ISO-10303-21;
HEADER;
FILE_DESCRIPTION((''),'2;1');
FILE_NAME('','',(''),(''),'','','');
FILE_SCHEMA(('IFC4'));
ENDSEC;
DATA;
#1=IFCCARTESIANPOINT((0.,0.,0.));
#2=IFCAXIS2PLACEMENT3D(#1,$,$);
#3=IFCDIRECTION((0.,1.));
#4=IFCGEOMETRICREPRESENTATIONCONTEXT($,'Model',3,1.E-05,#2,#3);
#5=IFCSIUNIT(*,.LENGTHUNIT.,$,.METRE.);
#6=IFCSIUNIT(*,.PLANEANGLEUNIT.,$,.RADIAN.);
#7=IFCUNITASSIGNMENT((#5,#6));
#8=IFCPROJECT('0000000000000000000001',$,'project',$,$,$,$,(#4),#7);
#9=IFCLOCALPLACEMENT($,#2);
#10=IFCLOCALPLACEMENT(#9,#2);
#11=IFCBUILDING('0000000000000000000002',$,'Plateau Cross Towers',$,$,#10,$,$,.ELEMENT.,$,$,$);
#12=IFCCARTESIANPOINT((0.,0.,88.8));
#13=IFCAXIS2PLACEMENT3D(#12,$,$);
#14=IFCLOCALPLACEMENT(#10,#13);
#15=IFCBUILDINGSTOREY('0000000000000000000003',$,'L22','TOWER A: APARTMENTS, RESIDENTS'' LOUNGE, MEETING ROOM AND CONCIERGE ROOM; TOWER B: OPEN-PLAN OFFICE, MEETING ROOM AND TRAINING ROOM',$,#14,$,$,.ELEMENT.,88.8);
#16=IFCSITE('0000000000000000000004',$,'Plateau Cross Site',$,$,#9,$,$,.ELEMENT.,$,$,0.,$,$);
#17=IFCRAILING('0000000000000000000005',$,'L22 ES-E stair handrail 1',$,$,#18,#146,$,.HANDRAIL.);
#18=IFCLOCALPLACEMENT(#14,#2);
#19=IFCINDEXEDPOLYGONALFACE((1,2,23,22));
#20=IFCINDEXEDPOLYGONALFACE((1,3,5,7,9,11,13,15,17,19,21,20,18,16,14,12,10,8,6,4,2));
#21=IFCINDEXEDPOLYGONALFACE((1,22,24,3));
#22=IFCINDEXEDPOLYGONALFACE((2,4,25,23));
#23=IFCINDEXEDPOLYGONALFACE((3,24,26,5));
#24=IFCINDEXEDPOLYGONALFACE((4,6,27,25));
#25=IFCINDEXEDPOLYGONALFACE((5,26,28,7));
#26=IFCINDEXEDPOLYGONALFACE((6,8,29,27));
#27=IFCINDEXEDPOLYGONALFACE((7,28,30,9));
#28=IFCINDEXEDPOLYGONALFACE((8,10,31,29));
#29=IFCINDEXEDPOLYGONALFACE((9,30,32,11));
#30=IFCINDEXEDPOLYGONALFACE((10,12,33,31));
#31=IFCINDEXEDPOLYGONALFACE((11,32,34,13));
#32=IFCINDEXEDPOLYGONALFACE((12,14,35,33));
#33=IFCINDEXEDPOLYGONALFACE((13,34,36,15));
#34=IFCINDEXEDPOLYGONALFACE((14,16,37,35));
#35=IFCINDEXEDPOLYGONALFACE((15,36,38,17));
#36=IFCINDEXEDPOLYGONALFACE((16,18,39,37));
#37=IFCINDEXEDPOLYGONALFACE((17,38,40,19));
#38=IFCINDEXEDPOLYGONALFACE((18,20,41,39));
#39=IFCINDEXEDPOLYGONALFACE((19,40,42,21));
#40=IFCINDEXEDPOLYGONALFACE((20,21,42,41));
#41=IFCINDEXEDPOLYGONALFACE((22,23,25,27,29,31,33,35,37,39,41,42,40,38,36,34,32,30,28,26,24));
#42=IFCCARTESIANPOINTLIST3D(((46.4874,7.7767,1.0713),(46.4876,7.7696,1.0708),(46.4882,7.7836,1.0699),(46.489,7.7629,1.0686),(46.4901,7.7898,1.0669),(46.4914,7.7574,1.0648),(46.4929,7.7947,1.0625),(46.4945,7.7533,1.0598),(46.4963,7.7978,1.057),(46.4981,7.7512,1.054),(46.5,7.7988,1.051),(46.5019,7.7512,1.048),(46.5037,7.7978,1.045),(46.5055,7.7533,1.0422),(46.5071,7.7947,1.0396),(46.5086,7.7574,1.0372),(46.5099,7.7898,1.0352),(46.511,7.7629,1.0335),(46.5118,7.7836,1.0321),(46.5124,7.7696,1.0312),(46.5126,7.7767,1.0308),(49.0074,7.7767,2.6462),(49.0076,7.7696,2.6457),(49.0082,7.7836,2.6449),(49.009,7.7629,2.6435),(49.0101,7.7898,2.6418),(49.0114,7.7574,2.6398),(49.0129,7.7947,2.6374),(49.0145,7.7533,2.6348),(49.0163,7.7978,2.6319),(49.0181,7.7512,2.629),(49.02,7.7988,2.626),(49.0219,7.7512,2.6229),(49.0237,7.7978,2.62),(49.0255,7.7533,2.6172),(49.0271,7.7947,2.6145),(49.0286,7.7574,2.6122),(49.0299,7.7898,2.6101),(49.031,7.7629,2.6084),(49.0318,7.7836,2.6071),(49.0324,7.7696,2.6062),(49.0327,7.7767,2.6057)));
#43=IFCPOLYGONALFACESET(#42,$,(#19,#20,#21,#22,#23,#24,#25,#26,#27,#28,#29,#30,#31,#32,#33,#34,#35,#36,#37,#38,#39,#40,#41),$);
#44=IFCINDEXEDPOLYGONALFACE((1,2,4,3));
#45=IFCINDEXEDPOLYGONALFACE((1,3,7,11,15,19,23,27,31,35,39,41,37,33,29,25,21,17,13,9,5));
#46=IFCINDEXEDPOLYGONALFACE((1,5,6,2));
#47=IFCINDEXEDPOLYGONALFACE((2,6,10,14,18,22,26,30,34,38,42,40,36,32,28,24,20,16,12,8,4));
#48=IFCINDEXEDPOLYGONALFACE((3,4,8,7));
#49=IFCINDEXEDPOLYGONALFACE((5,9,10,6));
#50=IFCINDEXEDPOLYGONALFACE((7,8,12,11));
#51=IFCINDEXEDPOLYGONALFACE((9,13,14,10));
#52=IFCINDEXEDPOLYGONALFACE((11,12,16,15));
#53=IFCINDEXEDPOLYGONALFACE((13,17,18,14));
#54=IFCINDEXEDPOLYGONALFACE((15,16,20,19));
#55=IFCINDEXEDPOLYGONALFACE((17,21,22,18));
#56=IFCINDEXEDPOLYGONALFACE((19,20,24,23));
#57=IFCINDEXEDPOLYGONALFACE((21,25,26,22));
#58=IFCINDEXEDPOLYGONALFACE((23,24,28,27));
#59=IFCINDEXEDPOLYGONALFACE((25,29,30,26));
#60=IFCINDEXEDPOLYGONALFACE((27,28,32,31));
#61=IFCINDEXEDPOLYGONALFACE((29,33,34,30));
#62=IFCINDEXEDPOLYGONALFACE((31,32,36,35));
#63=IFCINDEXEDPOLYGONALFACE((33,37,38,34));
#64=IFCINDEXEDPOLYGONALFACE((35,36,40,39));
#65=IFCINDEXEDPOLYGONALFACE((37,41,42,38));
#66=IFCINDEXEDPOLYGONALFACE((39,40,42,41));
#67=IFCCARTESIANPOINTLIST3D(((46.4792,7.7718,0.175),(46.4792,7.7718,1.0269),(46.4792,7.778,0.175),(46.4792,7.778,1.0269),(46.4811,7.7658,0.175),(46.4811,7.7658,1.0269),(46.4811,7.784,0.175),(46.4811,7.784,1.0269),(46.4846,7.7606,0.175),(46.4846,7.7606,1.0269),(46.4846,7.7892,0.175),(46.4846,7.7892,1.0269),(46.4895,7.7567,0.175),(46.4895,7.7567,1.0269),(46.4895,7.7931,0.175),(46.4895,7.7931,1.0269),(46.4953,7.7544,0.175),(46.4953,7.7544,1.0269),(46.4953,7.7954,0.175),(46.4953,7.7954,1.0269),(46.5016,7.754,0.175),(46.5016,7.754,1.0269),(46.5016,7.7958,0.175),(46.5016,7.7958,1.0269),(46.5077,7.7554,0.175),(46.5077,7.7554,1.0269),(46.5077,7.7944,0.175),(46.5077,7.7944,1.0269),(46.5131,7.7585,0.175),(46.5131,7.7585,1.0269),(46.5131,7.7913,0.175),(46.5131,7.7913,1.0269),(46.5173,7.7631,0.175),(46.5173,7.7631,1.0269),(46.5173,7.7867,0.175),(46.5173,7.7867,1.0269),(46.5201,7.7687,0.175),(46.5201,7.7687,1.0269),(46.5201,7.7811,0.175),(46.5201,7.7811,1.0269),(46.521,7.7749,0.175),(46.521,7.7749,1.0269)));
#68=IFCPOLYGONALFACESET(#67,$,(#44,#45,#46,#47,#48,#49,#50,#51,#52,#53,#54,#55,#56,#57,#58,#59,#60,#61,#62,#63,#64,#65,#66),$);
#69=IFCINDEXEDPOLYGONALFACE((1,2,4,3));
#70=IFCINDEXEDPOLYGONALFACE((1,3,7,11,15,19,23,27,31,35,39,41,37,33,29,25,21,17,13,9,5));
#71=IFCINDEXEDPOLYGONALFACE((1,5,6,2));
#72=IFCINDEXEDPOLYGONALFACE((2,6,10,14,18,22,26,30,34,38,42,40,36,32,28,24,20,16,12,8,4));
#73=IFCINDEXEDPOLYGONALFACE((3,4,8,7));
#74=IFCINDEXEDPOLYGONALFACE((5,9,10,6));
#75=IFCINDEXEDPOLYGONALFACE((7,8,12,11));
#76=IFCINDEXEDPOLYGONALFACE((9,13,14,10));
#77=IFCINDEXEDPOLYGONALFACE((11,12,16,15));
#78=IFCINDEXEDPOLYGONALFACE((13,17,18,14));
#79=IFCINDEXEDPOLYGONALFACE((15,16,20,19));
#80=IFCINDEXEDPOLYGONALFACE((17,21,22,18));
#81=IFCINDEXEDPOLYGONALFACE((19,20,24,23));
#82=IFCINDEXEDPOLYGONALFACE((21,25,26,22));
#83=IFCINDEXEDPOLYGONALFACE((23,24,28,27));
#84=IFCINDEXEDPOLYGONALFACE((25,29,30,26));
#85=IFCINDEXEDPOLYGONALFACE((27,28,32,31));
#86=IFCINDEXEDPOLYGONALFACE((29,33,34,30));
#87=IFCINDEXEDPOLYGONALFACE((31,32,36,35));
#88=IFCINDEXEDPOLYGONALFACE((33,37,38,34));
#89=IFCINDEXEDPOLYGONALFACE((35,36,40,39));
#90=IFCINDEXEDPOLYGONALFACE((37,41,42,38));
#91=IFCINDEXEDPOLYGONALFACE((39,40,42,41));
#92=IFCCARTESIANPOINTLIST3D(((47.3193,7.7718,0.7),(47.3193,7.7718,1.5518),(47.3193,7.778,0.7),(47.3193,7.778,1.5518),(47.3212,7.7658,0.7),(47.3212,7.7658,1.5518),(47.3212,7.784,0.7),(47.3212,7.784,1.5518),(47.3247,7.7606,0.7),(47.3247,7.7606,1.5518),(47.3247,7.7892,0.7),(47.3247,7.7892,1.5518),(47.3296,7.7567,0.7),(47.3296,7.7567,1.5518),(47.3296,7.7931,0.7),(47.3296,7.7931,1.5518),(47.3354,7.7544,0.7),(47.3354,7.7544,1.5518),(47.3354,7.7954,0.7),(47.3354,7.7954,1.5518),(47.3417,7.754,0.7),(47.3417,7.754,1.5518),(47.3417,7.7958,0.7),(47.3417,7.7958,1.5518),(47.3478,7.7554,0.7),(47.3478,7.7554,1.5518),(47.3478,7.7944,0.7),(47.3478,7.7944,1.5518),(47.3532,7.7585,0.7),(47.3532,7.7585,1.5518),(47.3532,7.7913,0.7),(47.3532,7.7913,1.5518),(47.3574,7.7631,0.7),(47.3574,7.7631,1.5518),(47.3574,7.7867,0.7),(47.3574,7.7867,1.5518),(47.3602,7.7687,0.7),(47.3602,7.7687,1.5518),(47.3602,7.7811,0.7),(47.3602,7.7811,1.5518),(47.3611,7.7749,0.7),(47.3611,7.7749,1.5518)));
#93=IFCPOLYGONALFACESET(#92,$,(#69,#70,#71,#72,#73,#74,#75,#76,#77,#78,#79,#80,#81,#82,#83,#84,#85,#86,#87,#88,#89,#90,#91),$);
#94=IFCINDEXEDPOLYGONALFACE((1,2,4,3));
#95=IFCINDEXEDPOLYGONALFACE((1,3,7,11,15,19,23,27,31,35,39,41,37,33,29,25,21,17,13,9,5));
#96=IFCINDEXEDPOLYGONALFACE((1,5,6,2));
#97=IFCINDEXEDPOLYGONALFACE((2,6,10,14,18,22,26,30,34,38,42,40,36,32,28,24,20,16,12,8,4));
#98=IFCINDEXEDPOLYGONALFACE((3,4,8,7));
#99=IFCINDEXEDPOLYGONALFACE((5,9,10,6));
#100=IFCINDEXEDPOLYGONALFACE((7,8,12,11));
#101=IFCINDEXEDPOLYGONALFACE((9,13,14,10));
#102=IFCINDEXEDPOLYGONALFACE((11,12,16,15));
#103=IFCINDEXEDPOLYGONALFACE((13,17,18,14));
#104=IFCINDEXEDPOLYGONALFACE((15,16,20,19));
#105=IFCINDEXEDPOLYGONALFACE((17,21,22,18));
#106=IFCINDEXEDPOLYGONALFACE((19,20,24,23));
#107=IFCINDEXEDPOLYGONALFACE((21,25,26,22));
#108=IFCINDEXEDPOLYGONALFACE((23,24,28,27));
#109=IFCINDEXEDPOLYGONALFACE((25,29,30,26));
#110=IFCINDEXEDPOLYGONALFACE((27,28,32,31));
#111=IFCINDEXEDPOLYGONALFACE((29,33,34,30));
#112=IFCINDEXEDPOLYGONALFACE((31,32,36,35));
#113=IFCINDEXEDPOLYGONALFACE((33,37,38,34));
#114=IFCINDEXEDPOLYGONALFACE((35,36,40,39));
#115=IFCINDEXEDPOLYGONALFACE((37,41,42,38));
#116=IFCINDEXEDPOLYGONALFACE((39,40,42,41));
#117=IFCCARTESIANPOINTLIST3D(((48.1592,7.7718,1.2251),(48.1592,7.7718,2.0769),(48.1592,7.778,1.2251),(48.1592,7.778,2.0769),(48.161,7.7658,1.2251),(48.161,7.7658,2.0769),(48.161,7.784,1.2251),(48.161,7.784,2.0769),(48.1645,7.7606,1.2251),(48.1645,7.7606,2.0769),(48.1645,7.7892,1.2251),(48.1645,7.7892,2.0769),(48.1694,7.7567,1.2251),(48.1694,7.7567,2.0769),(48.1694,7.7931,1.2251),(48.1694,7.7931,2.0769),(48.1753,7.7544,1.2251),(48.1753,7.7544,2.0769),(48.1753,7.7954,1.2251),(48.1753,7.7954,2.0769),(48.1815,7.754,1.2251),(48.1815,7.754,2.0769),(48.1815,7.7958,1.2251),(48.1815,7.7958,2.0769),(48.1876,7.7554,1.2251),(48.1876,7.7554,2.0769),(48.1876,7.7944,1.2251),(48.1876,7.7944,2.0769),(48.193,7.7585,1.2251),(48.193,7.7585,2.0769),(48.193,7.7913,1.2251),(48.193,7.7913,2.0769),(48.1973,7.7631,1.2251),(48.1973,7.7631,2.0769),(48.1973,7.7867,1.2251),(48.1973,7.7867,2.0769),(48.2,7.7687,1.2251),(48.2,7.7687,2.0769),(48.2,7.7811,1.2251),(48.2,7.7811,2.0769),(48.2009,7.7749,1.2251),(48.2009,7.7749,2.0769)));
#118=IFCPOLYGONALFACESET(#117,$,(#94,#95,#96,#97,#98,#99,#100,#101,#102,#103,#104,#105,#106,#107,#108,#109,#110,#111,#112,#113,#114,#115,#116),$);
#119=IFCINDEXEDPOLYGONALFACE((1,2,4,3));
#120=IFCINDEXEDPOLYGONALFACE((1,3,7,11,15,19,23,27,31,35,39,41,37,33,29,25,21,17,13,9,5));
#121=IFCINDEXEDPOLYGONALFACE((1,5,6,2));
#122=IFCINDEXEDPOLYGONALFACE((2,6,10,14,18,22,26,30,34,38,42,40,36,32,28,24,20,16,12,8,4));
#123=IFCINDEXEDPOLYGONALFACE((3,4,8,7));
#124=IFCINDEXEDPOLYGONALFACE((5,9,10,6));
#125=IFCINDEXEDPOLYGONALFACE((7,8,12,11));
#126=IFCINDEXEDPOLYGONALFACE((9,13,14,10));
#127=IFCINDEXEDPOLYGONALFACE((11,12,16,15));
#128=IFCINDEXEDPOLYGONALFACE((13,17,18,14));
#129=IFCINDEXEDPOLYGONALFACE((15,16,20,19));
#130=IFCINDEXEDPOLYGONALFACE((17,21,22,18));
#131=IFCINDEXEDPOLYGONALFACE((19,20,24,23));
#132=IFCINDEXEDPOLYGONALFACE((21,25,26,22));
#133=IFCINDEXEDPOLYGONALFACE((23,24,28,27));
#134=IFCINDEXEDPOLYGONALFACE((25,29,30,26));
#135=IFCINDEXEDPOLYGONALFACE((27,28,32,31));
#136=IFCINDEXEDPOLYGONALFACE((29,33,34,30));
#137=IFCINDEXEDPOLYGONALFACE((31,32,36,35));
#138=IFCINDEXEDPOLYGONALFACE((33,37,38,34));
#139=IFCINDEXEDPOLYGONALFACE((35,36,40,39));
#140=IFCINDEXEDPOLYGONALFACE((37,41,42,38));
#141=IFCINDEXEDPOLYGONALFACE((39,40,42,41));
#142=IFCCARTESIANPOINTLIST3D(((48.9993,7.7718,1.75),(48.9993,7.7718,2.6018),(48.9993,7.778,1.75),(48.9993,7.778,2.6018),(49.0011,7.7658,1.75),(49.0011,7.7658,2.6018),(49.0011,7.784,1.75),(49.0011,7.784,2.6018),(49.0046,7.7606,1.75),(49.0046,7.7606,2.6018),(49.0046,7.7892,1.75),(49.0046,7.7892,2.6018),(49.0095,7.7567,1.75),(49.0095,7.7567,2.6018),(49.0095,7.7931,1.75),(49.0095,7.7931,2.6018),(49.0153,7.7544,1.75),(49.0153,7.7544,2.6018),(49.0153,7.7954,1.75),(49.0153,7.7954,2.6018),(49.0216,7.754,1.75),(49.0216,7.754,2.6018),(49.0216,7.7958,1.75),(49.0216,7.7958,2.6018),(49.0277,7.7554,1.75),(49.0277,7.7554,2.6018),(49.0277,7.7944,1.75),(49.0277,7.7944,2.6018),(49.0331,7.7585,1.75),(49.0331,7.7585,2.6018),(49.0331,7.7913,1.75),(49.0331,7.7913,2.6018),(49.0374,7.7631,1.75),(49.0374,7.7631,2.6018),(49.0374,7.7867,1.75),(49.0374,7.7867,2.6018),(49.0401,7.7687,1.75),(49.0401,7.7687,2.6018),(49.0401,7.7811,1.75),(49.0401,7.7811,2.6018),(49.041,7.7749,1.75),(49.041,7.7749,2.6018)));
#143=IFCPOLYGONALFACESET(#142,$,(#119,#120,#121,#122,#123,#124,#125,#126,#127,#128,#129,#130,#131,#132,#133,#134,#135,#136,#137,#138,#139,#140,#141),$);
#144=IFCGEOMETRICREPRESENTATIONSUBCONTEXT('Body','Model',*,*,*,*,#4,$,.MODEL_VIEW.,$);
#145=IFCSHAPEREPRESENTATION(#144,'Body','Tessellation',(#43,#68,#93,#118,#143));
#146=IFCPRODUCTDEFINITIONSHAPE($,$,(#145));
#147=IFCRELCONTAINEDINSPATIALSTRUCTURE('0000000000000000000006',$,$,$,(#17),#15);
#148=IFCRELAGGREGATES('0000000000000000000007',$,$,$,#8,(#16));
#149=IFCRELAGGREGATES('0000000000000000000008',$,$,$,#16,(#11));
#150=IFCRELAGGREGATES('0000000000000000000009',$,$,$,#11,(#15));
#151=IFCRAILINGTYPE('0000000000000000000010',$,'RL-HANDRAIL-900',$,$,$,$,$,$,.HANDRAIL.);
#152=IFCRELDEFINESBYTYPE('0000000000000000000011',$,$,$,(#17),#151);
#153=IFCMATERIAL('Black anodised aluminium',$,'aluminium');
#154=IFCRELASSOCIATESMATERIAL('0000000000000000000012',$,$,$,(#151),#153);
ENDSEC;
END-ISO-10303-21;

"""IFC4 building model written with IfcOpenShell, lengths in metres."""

from ifc_helpers import new_model, si_unit, direction, frame, origin, origin_2d, place, context, subcontext, project, spatial, circle, extrude, material, type_object, element, save


model = new_model("IFC4")

# Units and contexts
model_context = context("Model", 3, precision=1e-05, world=origin(), true_north=direction((0.0, 1.0)))
body_context = subcontext(model_context, "Body", "Model", "MODEL_VIEW")
ifc_project = project(units=[si_unit("LENGTHUNIT", "METRE"), si_unit("PLANEANGLEUNIT", "RADIAN")], contexts=[model_context])

# Site, building, storey
site_placement = place(None, origin())
site = spatial("IfcSite", under=ifc_project, at=site_placement, Name="Plateau Cross Site", CompositionType="ELEMENT", RefElevation=0.0)
building_placement = place(site_placement, origin())
building = spatial("IfcBuilding", under=site, at=building_placement, Name="Plateau Cross Towers", CompositionType="ELEMENT")
storey_placement = place(building_placement, frame((0.0, 0.0, 88.8)))
storey = spatial("IfcBuildingStorey", under=building, at=storey_placement, Name="L22", Description="TOWER A: APARTMENTS, RESIDENTS' LOUNGE, MEETING ROOM AND CONCIERGE ROOM; TOWER B: OPEN-PLAN OFFICE, MEETING ROOM AND TRAINING ROOM", CompositionType="ELEMENT", Elevation=88.8)

# Shared definitions
ifc_material_1 = material(Name="Black anodised aluminium", Category="aluminium")

# Railing
railing_type_1 = type_object("IfcRailingType", Name="RL-HANDRAIL-900", PredefinedType="HANDRAIL", material=ifc_material_1)
railing_1_placement = place(storey_placement, frame((46.5, 7.7749, 0.175)))
element("IfcRailing", 1, at=railing_1_placement, inside=storey, type_object=railing_type_1, Name="L22 ES-E stair handrail 1", PredefinedType="HANDRAIL", context=body_context, shape_type="SweptSolid", body=[
    extrude(circle(Radius=0.0239, at=origin_2d()), frame((0.0, 0.0, 0.876), z_axis=(0.848008, 0.0, 0.529984), x_axis=(0.0, 1.0, 0.0)), (0.0, 0.0, 1.0), 2.9717),
    extrude(circle(Radius=0.021, at=origin_2d()), origin(), (0.0, 0.0, 1.0), 0.8518),
    extrude(circle(Radius=0.021, at=origin_2d()), frame((0.8401, 0.0, 0.5249)), (0.0, 0.0, 1.0), 0.8518),
    extrude(circle(Radius=0.021, at=origin_2d()), frame((1.6799, 0.0, 1.05)), (0.0, 0.0, 1.0), 0.8518),
    extrude(circle(Radius=0.021, at=origin_2d()), frame((2.52, 0.0, 1.575)), (0.0, 0.0, 1.0), 0.8518),
])

save(model, "model.ifc")
